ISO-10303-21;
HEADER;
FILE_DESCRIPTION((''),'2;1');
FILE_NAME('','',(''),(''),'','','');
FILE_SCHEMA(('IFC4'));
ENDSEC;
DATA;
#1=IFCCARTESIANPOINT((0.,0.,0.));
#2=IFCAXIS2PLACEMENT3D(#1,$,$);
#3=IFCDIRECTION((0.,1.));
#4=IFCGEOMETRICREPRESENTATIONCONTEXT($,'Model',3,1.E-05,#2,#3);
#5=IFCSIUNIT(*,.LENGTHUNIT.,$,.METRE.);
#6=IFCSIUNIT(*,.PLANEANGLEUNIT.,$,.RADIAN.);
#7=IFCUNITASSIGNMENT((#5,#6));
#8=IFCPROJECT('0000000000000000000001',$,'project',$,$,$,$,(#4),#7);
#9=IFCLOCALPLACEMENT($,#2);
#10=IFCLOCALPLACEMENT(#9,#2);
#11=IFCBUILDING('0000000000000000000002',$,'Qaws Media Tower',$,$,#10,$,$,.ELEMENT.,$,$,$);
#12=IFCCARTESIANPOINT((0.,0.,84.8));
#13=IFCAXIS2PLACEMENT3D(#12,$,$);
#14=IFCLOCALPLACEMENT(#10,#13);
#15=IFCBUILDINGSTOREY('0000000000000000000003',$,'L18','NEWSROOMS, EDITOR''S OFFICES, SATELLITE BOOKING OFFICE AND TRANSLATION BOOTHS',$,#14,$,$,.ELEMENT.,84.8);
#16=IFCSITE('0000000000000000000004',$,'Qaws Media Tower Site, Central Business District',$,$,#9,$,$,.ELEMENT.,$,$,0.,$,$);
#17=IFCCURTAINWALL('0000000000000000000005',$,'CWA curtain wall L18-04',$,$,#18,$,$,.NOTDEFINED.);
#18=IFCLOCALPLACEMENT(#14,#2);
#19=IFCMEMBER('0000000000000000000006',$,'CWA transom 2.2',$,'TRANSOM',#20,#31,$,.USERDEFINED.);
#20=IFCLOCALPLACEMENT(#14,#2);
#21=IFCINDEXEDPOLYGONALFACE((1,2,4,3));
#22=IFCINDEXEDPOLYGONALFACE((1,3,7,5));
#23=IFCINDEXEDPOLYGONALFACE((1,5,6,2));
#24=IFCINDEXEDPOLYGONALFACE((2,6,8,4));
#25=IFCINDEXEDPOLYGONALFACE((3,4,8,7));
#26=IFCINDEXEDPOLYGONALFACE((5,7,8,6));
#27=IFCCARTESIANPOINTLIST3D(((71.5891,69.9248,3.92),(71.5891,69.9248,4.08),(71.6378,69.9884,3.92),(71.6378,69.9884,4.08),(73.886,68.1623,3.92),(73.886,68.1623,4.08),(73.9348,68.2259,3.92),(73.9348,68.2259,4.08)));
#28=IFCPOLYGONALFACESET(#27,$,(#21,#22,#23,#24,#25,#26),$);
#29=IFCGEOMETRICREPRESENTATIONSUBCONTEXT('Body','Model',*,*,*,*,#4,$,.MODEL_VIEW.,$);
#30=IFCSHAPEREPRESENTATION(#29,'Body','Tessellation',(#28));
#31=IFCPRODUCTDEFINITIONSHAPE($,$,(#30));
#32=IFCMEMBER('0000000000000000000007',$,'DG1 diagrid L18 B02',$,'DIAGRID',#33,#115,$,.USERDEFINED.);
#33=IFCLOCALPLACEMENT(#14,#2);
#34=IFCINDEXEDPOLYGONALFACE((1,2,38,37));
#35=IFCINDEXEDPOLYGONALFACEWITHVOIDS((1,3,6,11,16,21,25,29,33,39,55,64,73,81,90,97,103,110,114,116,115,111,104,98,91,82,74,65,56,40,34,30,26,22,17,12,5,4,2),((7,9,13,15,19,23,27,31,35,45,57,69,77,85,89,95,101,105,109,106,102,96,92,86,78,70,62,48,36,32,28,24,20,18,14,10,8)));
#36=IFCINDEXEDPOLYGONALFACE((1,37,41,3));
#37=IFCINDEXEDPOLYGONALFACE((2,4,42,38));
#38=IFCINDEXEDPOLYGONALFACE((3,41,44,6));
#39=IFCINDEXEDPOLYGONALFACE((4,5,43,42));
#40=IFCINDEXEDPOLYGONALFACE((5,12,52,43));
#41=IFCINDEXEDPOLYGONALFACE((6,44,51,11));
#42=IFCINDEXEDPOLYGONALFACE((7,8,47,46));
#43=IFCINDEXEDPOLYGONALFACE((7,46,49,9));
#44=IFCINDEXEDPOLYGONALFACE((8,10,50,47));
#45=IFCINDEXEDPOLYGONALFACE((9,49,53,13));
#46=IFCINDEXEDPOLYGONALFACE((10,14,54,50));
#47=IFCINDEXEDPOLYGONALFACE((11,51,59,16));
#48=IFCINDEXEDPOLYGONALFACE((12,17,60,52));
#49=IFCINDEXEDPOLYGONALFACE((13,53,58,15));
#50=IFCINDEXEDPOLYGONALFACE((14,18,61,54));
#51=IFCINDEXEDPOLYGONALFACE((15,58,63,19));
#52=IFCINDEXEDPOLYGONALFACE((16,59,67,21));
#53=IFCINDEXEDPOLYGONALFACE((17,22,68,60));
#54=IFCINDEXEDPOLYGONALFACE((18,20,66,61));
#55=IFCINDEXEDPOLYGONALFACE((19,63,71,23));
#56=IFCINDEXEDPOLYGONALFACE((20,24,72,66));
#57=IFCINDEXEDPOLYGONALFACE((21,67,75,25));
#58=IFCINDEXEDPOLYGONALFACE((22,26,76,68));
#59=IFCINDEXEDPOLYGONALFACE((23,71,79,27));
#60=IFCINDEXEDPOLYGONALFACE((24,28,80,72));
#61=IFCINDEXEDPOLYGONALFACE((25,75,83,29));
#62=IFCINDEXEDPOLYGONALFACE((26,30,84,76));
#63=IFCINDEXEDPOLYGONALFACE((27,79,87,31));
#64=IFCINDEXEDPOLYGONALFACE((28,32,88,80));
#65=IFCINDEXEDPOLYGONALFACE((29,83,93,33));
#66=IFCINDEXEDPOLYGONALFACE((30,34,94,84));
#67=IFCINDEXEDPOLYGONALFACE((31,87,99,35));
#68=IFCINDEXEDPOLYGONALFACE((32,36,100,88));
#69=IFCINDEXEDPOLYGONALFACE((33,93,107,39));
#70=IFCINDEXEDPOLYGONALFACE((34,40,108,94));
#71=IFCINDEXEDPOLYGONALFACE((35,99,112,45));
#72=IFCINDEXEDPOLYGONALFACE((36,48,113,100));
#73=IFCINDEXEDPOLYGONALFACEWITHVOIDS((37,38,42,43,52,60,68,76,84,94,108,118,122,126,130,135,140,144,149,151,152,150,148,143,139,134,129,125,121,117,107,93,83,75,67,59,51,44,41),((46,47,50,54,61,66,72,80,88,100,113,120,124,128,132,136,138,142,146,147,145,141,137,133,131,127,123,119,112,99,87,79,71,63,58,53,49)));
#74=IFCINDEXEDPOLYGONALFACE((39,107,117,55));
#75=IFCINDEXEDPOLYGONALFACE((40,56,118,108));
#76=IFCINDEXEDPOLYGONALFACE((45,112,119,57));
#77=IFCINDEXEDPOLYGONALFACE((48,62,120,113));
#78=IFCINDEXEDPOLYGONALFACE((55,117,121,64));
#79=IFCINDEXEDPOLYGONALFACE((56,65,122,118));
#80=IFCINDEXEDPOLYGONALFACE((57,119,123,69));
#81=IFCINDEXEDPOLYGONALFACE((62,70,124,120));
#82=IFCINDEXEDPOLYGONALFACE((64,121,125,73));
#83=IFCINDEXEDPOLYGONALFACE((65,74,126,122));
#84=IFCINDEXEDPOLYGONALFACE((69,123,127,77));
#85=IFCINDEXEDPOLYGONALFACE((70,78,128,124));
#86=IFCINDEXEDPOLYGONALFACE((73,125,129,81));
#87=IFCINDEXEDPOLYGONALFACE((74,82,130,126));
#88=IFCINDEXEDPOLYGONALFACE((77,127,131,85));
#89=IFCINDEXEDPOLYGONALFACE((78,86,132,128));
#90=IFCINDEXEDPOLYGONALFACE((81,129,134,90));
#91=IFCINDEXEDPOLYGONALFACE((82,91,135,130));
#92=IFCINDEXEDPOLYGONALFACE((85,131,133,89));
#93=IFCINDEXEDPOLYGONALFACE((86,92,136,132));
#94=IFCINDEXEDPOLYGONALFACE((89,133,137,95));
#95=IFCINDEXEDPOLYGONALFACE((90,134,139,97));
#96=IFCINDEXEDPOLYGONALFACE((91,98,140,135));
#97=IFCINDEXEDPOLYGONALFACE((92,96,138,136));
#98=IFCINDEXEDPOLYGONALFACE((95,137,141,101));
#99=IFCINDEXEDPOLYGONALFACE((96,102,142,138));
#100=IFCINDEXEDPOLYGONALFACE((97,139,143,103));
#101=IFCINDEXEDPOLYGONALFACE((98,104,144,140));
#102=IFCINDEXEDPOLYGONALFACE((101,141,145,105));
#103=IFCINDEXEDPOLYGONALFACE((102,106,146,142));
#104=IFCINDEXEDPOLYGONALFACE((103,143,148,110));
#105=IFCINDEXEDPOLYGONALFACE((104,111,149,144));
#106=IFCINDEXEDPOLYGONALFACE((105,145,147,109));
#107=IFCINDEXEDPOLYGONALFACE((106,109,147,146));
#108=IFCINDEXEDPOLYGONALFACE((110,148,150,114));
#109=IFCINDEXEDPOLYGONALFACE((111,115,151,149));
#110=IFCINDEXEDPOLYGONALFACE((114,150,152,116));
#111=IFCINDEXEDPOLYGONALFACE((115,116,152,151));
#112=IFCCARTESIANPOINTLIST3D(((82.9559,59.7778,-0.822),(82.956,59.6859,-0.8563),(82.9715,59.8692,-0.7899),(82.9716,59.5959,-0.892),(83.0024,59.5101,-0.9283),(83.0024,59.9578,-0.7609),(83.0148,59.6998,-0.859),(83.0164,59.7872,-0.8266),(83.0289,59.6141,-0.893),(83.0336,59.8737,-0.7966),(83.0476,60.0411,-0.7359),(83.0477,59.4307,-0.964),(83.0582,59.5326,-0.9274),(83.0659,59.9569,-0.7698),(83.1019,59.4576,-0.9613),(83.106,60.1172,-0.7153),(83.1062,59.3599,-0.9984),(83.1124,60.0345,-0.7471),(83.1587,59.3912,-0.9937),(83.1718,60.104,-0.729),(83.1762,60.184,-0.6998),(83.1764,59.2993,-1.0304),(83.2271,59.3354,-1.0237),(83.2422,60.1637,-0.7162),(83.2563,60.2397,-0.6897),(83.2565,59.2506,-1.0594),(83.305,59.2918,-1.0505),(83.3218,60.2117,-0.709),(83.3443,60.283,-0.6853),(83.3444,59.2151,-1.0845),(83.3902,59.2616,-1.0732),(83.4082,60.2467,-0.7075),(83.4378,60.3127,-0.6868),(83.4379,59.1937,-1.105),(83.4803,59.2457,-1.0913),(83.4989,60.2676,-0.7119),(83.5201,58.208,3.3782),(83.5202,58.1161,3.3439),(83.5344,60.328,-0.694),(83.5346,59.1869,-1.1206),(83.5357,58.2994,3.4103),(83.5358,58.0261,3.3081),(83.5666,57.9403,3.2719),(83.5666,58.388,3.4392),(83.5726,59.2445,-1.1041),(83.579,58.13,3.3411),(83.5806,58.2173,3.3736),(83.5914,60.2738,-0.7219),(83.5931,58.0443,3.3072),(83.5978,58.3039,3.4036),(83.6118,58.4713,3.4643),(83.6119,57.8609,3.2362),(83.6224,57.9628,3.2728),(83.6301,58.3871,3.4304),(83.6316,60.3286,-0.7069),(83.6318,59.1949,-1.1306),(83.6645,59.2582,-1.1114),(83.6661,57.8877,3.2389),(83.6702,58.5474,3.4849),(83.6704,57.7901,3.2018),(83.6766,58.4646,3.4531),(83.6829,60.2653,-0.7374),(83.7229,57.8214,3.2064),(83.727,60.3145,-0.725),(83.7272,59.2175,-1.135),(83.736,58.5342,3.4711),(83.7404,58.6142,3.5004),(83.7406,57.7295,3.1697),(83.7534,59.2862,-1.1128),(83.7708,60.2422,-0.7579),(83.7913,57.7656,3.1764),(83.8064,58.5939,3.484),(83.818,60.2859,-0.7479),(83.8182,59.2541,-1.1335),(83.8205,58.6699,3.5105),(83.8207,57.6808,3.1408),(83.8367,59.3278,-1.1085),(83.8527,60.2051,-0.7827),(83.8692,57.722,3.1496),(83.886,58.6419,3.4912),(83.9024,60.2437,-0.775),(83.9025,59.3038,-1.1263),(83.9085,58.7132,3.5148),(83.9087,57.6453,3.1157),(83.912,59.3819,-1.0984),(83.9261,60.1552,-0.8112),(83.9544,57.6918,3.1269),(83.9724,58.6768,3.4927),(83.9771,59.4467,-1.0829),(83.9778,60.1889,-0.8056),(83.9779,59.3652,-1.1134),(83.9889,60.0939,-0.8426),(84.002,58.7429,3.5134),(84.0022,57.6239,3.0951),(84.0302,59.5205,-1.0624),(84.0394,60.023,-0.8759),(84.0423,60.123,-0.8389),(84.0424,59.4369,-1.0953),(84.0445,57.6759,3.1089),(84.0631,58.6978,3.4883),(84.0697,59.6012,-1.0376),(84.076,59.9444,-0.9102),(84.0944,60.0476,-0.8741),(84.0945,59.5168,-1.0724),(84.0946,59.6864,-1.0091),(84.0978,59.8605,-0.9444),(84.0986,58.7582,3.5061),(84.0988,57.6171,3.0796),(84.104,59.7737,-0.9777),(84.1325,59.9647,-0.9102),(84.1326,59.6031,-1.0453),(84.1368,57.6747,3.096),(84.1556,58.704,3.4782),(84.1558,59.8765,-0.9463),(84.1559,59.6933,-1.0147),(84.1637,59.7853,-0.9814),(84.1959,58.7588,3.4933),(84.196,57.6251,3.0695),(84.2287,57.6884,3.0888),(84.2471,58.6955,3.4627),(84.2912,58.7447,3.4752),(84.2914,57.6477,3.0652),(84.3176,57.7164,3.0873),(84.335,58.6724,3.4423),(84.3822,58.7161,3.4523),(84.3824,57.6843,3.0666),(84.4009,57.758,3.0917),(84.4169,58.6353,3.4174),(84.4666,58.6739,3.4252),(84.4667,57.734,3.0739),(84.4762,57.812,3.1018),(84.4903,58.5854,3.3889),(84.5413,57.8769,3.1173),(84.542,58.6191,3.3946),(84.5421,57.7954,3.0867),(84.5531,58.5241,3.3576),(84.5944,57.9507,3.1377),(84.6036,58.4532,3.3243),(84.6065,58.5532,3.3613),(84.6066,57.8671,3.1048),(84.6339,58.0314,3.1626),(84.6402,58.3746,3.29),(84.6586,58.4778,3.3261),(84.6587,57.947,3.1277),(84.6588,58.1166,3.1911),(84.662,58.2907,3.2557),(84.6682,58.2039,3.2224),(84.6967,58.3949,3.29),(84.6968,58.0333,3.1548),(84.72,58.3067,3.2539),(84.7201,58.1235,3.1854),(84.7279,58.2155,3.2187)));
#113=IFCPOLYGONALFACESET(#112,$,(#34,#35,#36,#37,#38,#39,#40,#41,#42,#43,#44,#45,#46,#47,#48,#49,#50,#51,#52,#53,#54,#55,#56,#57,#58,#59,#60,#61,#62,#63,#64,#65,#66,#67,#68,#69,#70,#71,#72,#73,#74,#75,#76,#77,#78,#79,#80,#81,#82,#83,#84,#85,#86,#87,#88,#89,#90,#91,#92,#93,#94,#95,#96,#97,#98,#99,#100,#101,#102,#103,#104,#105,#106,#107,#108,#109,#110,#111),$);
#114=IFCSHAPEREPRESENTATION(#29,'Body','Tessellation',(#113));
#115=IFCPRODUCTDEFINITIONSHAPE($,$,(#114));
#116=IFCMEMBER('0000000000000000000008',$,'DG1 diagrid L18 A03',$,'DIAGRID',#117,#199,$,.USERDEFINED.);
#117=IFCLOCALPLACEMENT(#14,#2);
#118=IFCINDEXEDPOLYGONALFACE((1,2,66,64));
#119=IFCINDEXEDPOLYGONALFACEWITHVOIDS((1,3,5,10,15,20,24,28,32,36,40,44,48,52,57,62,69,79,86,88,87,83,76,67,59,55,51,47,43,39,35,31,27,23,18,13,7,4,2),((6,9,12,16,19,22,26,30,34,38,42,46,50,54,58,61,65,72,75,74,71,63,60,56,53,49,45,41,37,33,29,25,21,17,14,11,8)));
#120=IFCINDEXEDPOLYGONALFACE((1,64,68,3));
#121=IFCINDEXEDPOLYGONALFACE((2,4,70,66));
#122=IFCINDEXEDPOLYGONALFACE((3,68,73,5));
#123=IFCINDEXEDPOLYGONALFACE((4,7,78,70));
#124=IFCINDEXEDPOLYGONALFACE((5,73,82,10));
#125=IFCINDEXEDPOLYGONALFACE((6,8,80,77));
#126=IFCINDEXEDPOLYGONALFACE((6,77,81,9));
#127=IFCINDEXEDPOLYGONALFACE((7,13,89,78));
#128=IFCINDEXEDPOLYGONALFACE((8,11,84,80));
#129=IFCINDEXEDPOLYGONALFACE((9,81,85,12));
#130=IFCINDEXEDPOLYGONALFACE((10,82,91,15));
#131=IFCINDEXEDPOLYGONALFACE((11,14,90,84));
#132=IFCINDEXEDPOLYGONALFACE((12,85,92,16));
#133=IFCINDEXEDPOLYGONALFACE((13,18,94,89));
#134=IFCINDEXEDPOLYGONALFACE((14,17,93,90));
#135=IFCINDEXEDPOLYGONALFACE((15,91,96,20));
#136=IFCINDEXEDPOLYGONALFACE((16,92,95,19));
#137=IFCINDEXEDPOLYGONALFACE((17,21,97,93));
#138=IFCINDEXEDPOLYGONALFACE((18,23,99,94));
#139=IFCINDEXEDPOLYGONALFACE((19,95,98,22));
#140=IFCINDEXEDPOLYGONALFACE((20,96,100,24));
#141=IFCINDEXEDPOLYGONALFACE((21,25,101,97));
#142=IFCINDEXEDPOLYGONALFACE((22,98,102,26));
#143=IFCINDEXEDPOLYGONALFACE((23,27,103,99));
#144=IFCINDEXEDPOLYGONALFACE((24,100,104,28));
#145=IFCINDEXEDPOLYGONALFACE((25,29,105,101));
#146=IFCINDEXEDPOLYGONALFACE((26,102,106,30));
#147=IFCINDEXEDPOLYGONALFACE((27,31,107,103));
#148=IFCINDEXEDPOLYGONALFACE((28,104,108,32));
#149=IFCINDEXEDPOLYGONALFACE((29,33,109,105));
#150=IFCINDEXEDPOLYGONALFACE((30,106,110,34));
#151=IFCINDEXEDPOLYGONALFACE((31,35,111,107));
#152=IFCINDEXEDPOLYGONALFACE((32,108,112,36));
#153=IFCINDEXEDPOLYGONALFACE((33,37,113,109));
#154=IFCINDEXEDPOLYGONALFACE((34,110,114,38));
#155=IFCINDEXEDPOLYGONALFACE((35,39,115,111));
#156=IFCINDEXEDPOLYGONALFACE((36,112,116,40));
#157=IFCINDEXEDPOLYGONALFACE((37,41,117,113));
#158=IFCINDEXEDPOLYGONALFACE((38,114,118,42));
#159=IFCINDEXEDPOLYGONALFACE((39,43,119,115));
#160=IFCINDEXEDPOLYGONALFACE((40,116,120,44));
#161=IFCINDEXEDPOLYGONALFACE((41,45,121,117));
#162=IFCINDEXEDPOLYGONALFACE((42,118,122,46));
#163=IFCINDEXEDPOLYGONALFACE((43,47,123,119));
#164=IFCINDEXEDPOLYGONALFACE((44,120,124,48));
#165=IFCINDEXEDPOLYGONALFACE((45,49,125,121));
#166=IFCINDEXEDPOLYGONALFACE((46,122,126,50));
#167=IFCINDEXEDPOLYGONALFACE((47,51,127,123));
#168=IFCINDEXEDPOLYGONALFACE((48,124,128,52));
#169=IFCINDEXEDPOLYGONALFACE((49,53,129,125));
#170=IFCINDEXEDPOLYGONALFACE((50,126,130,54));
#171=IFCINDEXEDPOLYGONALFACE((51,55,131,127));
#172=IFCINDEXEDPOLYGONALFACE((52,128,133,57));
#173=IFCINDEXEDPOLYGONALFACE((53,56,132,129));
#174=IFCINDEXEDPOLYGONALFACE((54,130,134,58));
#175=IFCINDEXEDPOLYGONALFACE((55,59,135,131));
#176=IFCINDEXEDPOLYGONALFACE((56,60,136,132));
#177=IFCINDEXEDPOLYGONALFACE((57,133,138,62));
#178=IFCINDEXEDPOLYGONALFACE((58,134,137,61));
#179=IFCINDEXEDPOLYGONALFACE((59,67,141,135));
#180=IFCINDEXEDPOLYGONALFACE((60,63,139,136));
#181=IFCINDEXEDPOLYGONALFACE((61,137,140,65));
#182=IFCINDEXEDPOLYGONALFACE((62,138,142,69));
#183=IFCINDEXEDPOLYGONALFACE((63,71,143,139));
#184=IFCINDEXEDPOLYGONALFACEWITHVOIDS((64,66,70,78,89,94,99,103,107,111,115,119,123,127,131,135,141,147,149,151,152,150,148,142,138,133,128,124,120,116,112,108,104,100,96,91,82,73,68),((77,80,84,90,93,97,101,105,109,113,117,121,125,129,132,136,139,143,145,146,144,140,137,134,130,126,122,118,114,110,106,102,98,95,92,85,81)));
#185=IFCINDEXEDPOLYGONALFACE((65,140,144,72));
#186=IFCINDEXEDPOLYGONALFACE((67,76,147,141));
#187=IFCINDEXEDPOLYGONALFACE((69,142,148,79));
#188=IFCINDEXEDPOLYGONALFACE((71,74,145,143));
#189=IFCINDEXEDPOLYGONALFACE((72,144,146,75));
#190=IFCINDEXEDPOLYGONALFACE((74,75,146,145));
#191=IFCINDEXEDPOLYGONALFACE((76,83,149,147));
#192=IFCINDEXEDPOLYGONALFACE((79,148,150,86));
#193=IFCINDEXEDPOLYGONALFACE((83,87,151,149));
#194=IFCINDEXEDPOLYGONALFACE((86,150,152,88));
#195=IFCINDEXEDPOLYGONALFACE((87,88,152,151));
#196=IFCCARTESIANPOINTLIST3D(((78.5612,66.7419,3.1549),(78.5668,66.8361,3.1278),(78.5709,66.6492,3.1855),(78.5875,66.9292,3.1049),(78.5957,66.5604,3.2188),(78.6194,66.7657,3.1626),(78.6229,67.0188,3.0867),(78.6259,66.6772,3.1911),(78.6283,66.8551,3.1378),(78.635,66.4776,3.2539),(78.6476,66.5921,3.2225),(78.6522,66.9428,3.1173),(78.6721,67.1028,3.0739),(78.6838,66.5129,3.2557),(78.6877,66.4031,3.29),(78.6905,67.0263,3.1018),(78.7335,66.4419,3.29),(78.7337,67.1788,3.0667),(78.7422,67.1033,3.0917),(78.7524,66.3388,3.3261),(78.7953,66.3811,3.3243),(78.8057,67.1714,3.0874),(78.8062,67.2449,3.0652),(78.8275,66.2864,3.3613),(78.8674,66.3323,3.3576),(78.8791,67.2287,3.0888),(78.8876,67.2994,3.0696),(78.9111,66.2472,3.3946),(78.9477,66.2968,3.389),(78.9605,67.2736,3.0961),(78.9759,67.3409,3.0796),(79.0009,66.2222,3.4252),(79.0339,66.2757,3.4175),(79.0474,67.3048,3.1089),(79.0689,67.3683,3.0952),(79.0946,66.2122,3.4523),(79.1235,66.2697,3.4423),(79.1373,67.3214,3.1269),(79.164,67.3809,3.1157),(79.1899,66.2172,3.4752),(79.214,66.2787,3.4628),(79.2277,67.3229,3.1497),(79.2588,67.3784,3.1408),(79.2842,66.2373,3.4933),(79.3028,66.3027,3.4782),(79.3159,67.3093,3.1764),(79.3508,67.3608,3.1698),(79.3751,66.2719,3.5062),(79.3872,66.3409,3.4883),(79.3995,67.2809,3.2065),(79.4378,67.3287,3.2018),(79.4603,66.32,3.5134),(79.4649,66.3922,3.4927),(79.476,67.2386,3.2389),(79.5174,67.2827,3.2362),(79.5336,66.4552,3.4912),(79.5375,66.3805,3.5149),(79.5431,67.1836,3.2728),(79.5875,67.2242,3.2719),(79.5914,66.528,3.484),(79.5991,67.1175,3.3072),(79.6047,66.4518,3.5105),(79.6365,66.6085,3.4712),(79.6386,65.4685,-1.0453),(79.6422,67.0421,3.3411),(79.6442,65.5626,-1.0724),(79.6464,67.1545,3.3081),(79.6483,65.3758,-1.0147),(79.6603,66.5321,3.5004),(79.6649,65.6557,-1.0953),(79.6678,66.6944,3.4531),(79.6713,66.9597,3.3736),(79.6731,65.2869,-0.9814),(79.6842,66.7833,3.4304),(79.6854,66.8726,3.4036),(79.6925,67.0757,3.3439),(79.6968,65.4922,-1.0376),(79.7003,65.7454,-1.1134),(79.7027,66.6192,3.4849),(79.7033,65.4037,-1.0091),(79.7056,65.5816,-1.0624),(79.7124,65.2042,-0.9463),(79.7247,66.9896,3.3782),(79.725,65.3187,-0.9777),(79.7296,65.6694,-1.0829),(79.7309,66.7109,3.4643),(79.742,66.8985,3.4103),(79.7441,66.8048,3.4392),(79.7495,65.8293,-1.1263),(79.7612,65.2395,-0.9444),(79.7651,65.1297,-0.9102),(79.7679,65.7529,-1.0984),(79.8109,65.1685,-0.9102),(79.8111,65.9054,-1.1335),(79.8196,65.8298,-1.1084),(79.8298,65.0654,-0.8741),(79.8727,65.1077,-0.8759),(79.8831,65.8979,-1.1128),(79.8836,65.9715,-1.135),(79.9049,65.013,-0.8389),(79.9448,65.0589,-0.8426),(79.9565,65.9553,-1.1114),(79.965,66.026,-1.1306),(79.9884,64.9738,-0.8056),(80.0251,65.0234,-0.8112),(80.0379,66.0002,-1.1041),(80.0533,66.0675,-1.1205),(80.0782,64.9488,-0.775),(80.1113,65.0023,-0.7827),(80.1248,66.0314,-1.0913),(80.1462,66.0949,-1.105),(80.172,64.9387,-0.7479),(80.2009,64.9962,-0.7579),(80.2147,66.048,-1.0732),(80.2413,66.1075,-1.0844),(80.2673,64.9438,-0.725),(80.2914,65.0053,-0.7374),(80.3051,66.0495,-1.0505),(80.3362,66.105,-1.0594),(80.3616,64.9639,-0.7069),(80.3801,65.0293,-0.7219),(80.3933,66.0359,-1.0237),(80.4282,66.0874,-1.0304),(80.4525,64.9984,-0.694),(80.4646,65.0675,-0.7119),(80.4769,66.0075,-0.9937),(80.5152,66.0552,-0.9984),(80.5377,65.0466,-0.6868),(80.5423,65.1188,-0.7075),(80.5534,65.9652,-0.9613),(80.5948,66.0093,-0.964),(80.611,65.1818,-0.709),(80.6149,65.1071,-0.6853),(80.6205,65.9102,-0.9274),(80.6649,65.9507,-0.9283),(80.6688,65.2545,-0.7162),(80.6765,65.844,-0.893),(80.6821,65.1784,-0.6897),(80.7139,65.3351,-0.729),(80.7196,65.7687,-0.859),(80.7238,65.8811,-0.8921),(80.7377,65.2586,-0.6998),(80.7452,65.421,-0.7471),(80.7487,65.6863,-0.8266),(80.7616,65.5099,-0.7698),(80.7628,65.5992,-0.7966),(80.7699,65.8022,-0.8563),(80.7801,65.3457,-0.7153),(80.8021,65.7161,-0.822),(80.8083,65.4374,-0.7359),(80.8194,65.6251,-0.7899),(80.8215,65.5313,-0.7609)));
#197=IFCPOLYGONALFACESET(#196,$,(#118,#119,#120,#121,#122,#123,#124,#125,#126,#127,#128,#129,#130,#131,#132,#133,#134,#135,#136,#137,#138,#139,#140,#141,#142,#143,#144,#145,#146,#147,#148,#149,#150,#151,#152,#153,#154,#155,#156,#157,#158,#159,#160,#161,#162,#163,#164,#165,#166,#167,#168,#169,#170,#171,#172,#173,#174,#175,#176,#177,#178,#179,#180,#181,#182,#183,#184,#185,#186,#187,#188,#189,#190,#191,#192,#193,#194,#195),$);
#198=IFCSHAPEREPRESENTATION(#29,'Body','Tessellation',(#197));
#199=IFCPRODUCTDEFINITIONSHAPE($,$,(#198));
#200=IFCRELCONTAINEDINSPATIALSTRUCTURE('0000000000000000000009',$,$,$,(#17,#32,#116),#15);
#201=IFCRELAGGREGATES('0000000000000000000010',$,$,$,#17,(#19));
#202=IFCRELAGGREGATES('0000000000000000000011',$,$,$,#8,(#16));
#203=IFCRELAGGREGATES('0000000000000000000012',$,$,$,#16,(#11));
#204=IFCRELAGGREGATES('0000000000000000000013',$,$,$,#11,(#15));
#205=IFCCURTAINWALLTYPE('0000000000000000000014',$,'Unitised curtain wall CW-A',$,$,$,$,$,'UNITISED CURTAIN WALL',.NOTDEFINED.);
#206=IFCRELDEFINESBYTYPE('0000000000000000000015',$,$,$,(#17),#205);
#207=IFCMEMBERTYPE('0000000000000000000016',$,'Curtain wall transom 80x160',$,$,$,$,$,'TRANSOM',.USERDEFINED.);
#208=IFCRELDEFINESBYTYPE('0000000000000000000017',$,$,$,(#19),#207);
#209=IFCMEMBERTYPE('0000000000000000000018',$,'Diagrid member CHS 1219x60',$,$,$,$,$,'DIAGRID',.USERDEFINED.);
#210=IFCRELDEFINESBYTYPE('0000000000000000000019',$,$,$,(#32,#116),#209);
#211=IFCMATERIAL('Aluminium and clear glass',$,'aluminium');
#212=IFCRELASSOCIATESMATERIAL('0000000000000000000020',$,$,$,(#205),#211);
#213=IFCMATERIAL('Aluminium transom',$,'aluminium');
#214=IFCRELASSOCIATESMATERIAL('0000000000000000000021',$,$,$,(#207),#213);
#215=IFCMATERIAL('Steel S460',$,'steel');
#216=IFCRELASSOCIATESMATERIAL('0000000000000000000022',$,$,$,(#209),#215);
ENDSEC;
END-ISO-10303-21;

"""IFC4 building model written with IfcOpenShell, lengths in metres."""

from ifc_helpers import new_model, si_unit, direction, frame, origin, origin_2d, place, context, subcontext, project, spatial, rectangle, hollow_circle, extrude, material, material_profile, profile_set, type_object, element, aggregate, save


model = new_model("IFC4")

# Units and contexts
model_context = context("Model", 3, precision=1e-05, world=origin(), true_north=direction((0.0, 1.0)))
body_context = subcontext(model_context, "Body", "Model", "MODEL_VIEW")
ifc_project = project(units=[si_unit("LENGTHUNIT", "METRE"), si_unit("PLANEANGLEUNIT", "RADIAN")], contexts=[model_context])

# Site, building, storey
site_placement = place(None, origin())
site = spatial("IfcSite", under=ifc_project, at=site_placement, Name="Qaws Media Tower Site, Central Business District", CompositionType="ELEMENT", RefElevation=0.0)
building_placement = place(site_placement, origin())
building = spatial("IfcBuilding", under=site, at=building_placement, Name="Qaws Media Tower", CompositionType="ELEMENT")
storey_placement = place(building_placement, frame((0.0, 0.0, 84.8)))
storey = spatial("IfcBuildingStorey", under=building, at=storey_placement, Name="L18", Description="NEWSROOMS, EDITOR'S OFFICES, SATELLITE BOOKING OFFICE AND TRANSLATION BOOTHS", CompositionType="ELEMENT", Elevation=84.8)

# Shared definitions
ifc_material_1 = material(Name="Aluminium and clear glass", Category="aluminium")
curtain_wall_type = type_object("IfcCurtainWallType", Name="Unitised curtain wall CW-A", ElementType="UNITISED CURTAIN WALL", PredefinedType="NOTDEFINED", material=ifc_material_1)

# Curtain wall
curtain_wall_1_placement = place(storey_placement, origin())
curtain_wall_1 = element("IfcCurtainWall", 1, at=curtain_wall_1_placement, inside=storey, type_object=curtain_wall_type, Name="CWA curtain wall L18-04", PredefinedType="NOTDEFINED")

# Member
ifc_material_2 = material(Name="Aluminium transom", Category="aluminium")
ifc_material_profile_1 = material_profile(ifc_material_2, rectangle(XDim=0.0801, YDim=0.1599, at=origin_2d()), Name="80x160")
ifc_profile_set_1 = profile_set([ifc_material_profile_1], Name="Aluminium transom")
member_type_1 = type_object("IfcMemberType", Name="Curtain wall transom 80x160", ElementType="TRANSOM", PredefinedType="USERDEFINED", material=ifc_profile_set_1)
member_1_placement = place(storey_placement, frame((73.9104, 68.1941, 4.0), z_axis=(-0.793354, 0.608761, 0.0), x_axis=(-0.608761, -0.793354, 0.0)))
member_1 = element("IfcMember", 2, at=member_1_placement, type_object=member_type_1, Name="CWA transom 2.2", ObjectType="TRANSOM", PredefinedType="USERDEFINED", context=body_context, shape_type="SweptSolid", body=[
    extrude(rectangle(XDim=0.0801, YDim=0.1599, at=origin_2d()), origin(), (0.0, 0.0, 1.0), 2.8953),
])

# Members
ifc_material_3 = material(Name="Steel S460", Category="steel")
ifc_material_profile_2 = material_profile(ifc_material_3, hollow_circle(Radius=0.6096, WallThickness=0.0601, at=origin_2d()), Name="CHS 1219x60")
ifc_profile_set_2 = profile_set([ifc_material_profile_2], Name="Steel S460")
member_type_2 = type_object("IfcMemberType", Name="Diagrid member CHS 1219x60", ElementType="DIAGRID", PredefinedType="USERDEFINED", material=ifc_profile_set_2)
for number, where, z_axis, x_axis, name in (
    (3, (83.5588, 59.7585, -0.9102), (0.124844, -0.347358, 0.929385), (0.941065, 0.338227, 0.0), "DG1 diagrid L18 B02"),
    (4, (80.2305, 65.5234, -0.9102), (-0.238398, 0.281778, 0.929391), (-0.763425, -0.645896, 0.0), "DG1 diagrid L18 A03"),
):
    element("IfcMember", number, at=place(storey_placement, frame(where, z_axis=z_axis, x_axis=x_axis)), inside=storey, type_object=member_type_2, Name=name, ObjectType="DIAGRID", PredefinedType="USERDEFINED", context=body_context, shape_type="SweptSolid", body=[
        extrude(hollow_circle(Radius=0.6096, WallThickness=0.0601, at=origin_2d()), origin(), (0.0, 0.0, 1.0), 4.5193),
    ])

aggregate(curtain_wall_1, [member_1])

save(model, "model.ifc")
